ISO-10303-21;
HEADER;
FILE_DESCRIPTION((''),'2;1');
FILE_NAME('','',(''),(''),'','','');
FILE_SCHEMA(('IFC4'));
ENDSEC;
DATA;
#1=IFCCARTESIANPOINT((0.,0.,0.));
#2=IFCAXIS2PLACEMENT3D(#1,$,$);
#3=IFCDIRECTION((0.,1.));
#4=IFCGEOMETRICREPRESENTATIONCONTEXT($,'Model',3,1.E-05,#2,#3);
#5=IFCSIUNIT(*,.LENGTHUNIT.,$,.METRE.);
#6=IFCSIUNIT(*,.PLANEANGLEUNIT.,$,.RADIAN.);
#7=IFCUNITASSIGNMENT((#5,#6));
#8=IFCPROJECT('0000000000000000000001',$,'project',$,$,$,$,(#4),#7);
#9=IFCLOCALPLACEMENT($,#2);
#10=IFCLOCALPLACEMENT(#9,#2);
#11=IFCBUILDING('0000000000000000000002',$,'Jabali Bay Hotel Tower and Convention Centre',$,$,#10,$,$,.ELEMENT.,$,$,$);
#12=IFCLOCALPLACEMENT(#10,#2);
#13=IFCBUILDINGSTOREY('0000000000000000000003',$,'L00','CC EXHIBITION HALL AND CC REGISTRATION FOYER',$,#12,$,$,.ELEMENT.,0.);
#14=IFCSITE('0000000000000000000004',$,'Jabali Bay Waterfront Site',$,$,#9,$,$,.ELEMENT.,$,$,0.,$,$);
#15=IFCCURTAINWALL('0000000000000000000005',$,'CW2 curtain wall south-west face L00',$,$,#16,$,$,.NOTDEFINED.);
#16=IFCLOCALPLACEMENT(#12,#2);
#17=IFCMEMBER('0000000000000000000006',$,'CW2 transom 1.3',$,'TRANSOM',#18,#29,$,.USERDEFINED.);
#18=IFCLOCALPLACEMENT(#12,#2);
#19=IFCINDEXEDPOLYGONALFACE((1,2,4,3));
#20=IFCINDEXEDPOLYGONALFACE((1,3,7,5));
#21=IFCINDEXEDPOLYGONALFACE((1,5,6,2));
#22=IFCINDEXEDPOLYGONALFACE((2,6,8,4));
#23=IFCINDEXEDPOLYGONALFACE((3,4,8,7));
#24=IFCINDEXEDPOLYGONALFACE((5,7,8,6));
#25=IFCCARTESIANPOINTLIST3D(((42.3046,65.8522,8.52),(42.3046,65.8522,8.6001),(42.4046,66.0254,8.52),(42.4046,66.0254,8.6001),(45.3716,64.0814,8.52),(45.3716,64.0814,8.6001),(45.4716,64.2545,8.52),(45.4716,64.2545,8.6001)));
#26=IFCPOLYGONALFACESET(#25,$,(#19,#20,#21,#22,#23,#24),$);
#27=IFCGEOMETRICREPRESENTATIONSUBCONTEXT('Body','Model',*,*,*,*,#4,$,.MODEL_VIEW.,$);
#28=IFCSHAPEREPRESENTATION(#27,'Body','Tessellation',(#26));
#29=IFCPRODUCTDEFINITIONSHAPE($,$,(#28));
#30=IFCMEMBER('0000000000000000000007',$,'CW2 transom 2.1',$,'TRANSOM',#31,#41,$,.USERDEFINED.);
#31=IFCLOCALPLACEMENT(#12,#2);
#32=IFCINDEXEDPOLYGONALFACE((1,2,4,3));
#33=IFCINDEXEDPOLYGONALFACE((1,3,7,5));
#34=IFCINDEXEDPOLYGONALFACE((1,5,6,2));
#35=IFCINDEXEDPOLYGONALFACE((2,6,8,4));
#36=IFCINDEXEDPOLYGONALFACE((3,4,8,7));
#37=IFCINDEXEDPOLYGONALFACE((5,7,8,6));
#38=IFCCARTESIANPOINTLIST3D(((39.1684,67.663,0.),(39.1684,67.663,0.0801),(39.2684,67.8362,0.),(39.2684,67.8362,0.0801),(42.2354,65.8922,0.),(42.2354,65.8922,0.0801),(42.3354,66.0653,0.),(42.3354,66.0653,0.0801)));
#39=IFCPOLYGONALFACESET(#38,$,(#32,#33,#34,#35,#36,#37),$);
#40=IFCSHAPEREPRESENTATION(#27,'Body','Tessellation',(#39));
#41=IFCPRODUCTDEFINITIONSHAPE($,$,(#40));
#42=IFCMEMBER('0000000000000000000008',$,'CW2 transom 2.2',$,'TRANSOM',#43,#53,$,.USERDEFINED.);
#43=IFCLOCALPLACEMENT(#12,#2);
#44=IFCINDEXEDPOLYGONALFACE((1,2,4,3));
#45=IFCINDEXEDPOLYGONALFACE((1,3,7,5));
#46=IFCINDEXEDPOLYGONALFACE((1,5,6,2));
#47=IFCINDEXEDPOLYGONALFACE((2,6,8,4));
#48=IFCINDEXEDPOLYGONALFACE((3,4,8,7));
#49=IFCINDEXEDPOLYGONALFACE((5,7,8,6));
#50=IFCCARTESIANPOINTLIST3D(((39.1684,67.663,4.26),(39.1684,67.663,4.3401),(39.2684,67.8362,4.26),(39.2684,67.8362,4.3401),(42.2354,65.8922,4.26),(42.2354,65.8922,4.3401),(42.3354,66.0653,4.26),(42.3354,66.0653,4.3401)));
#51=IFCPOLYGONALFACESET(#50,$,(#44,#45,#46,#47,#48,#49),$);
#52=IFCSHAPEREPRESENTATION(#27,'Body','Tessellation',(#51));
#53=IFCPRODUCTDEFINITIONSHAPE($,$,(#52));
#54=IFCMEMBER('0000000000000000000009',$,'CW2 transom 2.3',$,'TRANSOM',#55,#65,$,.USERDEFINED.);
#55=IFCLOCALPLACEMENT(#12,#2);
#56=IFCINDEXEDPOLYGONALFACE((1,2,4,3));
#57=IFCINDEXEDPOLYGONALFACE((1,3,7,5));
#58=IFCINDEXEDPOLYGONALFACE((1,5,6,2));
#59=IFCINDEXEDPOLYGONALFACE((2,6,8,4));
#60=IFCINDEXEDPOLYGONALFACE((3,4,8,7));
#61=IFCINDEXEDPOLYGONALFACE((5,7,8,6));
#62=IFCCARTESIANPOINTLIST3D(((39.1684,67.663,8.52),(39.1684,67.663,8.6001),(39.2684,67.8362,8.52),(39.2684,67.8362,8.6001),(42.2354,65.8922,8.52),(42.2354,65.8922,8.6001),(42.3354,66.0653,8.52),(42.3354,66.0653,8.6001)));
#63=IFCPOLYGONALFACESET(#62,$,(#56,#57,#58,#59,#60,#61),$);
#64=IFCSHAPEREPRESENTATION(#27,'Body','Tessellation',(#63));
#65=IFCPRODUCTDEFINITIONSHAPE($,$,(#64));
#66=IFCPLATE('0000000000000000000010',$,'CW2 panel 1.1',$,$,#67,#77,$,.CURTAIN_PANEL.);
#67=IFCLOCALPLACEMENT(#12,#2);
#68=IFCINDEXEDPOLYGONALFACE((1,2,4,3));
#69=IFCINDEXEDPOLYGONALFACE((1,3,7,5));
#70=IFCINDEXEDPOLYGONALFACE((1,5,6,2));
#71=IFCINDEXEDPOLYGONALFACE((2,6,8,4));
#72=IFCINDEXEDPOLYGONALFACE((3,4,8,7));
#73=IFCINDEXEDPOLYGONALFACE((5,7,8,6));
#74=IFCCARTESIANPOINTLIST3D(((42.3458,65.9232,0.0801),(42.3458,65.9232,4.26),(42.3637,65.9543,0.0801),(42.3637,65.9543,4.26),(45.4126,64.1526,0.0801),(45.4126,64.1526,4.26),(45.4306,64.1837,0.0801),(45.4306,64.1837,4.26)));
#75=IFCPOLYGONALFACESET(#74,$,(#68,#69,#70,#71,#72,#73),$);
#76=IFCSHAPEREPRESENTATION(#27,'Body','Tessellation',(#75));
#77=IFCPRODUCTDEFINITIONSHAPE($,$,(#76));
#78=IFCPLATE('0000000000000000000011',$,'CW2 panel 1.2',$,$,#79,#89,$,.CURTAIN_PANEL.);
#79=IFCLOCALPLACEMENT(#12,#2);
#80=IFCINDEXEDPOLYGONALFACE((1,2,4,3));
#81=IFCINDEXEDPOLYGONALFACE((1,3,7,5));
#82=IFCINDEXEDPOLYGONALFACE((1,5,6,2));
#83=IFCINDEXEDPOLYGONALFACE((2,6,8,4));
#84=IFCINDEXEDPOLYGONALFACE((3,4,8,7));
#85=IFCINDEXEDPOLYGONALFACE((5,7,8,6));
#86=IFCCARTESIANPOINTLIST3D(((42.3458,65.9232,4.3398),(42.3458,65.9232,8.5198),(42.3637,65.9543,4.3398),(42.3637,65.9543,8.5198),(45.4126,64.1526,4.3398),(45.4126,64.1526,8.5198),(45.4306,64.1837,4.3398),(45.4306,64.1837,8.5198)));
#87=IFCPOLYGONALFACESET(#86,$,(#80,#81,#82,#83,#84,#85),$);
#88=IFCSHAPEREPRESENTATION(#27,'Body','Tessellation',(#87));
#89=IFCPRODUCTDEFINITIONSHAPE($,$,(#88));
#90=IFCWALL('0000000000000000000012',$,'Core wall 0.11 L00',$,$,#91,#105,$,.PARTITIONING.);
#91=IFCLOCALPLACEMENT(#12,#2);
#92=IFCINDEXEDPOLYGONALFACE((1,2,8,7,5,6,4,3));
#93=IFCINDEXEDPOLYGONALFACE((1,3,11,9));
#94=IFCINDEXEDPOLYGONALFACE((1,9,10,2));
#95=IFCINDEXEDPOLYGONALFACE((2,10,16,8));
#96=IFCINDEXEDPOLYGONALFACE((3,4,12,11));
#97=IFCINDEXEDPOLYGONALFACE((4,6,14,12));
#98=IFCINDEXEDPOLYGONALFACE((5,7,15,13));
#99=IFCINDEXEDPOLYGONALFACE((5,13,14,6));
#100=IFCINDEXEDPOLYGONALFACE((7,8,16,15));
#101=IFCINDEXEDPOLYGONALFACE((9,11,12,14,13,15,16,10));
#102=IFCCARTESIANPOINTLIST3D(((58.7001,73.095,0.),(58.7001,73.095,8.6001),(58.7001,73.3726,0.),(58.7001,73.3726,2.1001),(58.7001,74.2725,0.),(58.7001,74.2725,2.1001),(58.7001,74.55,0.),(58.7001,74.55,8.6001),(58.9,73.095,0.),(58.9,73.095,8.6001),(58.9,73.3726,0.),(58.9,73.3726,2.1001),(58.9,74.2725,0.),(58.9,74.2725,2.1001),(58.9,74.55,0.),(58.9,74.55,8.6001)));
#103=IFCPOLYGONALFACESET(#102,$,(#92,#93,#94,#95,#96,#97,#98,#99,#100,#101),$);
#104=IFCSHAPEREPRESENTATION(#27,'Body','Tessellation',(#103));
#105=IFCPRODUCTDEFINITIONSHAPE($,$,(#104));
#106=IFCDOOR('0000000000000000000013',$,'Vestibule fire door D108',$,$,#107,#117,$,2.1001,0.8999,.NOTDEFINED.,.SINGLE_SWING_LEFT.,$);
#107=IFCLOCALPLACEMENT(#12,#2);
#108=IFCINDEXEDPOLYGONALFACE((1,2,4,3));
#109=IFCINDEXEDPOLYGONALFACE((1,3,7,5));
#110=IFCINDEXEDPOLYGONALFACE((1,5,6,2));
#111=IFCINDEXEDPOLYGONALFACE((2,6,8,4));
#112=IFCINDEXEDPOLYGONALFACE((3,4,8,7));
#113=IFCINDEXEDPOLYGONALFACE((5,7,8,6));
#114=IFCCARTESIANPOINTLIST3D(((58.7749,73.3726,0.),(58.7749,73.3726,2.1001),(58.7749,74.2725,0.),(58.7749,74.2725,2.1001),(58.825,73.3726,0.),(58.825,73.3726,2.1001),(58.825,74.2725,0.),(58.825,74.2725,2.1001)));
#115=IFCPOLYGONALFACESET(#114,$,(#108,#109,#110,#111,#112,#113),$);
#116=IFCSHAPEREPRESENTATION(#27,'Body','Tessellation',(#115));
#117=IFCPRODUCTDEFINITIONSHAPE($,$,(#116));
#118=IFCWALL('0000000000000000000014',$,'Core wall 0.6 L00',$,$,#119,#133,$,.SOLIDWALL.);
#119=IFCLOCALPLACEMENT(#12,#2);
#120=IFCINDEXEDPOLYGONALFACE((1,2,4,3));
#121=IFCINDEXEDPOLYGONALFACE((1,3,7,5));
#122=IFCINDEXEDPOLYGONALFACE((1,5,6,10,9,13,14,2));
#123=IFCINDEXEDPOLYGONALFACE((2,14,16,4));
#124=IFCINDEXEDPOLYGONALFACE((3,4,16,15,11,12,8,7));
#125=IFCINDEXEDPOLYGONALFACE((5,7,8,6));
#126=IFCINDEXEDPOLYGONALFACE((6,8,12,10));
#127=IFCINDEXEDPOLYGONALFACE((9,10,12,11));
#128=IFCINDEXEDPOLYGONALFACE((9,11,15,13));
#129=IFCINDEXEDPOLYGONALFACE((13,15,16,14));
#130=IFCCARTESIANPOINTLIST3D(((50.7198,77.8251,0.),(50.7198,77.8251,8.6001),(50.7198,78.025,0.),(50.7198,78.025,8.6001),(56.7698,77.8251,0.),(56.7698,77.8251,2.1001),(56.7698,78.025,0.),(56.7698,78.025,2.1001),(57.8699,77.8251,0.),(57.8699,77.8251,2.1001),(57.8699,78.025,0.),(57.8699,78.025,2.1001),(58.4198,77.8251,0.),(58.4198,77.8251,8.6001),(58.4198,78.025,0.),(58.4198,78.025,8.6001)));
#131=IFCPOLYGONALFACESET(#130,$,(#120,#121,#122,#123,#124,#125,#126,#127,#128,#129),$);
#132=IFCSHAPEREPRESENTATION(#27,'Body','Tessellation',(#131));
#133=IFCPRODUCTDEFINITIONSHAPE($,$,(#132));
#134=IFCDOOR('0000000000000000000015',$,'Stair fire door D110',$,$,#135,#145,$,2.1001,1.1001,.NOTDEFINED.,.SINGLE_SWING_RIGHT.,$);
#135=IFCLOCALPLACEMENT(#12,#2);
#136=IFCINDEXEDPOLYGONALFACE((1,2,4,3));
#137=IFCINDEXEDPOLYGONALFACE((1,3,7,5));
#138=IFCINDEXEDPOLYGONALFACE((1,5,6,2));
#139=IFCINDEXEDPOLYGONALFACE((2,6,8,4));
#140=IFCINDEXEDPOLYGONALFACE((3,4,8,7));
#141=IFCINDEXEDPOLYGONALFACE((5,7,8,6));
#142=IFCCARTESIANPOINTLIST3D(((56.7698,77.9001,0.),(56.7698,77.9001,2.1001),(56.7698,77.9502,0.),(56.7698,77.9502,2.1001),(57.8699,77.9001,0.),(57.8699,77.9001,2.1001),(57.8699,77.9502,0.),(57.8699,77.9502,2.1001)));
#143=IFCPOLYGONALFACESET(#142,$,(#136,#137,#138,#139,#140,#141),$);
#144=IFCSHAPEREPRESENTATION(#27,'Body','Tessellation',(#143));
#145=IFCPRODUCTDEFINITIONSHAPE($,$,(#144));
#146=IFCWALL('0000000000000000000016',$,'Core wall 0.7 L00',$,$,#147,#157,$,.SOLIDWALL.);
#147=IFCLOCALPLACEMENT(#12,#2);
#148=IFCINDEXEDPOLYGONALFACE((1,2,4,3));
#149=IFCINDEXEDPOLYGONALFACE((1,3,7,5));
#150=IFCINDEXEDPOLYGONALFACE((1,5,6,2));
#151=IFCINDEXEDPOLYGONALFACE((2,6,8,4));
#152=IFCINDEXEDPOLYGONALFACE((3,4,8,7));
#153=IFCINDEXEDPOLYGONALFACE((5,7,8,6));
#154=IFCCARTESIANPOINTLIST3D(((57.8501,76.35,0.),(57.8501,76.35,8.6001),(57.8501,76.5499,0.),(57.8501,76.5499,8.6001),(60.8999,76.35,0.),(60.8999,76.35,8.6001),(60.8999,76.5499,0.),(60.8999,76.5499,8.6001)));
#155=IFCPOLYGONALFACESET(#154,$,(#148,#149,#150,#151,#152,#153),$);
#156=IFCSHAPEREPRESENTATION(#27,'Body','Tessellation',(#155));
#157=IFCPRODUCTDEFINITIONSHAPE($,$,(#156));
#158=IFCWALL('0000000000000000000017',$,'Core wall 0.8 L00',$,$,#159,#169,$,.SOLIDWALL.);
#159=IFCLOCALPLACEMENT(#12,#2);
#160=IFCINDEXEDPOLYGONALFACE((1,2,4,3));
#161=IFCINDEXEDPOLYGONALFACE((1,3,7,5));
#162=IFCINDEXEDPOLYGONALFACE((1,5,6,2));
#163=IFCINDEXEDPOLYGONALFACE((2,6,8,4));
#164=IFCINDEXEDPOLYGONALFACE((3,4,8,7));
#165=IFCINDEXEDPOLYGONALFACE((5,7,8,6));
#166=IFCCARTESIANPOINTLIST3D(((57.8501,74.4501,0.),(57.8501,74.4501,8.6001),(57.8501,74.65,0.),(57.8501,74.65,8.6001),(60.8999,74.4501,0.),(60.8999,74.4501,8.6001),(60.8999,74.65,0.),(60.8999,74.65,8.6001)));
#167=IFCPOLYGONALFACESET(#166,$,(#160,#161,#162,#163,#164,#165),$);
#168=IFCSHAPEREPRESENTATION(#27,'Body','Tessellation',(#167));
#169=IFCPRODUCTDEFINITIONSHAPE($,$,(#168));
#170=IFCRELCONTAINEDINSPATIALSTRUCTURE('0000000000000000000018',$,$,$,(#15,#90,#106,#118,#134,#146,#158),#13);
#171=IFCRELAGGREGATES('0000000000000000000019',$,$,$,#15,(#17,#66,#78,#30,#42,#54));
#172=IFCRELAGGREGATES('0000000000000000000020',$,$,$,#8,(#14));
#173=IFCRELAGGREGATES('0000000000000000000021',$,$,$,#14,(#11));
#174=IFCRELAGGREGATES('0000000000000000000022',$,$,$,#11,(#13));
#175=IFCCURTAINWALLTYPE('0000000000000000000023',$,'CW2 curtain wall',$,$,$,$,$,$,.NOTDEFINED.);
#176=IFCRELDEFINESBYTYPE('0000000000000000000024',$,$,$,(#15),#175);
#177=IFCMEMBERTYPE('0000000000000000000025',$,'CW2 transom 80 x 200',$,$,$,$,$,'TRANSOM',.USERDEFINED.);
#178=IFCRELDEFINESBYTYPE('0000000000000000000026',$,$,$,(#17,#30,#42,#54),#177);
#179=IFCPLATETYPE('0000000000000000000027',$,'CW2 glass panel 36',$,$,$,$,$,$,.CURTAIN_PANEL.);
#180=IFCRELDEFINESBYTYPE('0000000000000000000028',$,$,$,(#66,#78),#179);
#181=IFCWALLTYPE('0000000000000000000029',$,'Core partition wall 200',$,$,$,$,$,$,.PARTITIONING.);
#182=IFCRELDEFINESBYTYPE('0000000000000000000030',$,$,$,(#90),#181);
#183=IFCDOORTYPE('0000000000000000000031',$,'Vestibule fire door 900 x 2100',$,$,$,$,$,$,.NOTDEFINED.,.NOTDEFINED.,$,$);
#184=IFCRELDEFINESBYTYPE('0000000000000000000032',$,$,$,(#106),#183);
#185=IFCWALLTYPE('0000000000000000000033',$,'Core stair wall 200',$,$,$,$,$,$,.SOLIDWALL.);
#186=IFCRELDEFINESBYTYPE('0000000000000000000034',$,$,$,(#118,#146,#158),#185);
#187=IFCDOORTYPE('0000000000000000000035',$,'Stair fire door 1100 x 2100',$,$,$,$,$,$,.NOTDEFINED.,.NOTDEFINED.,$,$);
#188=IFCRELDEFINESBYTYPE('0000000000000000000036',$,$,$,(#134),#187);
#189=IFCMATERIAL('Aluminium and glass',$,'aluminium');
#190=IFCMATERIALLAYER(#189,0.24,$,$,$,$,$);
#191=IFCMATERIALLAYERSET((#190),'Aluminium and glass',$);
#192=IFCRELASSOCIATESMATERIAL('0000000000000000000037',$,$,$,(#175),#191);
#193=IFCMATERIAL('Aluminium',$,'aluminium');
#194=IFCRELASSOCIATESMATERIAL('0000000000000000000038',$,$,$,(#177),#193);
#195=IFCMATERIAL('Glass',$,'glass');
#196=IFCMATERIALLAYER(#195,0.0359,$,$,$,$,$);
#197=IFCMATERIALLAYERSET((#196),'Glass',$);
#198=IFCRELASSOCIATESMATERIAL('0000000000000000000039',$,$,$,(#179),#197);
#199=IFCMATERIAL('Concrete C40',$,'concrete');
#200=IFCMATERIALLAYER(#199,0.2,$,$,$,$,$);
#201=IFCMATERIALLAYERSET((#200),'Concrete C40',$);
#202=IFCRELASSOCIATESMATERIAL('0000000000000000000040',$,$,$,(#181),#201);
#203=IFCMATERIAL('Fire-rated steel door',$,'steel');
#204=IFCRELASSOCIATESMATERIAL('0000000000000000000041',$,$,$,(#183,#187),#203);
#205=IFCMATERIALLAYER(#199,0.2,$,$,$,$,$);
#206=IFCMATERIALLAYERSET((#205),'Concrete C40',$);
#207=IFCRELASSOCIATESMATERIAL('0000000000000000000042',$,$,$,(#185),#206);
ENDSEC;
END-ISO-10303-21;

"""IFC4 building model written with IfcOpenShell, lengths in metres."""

from ifc_helpers import new_model, si_unit, direction, frame, frame_2d, origin, origin_2d, place, context, subcontext, project, spatial, rectangle, extrude, material, layer, layer_set, material_profile, profile_set, type_object, element, fill, aggregate, save


model = new_model("IFC4")

# Units and contexts
model_context = context("Model", 3, precision=1e-05, world=origin(), true_north=direction((0.0, 1.0)))
body_context = subcontext(model_context, "Body", "Model", "MODEL_VIEW")
ifc_project = project(units=[si_unit("LENGTHUNIT", "METRE"), si_unit("PLANEANGLEUNIT", "RADIAN")], contexts=[model_context])

# Site, building, storey
site_placement = place(None, origin())
site = spatial("IfcSite", under=ifc_project, at=site_placement, Name="Jabali Bay Waterfront Site", CompositionType="ELEMENT", RefElevation=0.0)
building_placement = place(site_placement, origin())
building = spatial("IfcBuilding", under=site, at=building_placement, Name="Jabali Bay Hotel Tower and Convention Centre", CompositionType="ELEMENT")
storey_placement = place(building_placement, origin())
storey = spatial("IfcBuildingStorey", under=building, at=storey_placement, Name="L00", Description="CC EXHIBITION HALL AND CC REGISTRATION FOYER", CompositionType="ELEMENT", Elevation=0.0)

# Curtain wall, members, plates
ifc_material_1 = material(Name="Aluminium and glass", Category="aluminium")
ifc_layer_1 = layer(ifc_material_1, 0.24)
ifc_layer_set_1 = layer_set([ifc_layer_1], Name="Aluminium and glass")
curtain_wall_type = type_object("IfcCurtainWallType", Name="CW2 curtain wall", PredefinedType="NOTDEFINED", material=ifc_layer_set_1)
curtain_wall_placement = place(storey_placement, origin())
curtain_wall = element("IfcCurtainWall", 1, at=curtain_wall_placement, inside=storey, type_object=curtain_wall_type, Name="CW2 curtain wall south-west face L00", PredefinedType="NOTDEFINED")
ifc_material_2 = material(Name="Aluminium", Category="aluminium")
ifc_material_profile_1 = material_profile(ifc_material_2, rectangle(XDim=0.2, YDim=0.0801, at=origin_2d()), Name="CW2 transom 80 x 200")
ifc_profile_set_1 = profile_set([ifc_material_profile_1], Name="Aluminium")
member_type_1 = type_object("IfcMemberType", Name="CW2 transom 80 x 200", ElementType="TRANSOM", PredefinedType="USERDEFINED", material=ifc_profile_set_1)
member_1_placement = place(storey_placement, frame((45.4216, 64.168, 8.5601), z_axis=(-0.866016, 0.500017, 0.0), x_axis=(-0.500017, -0.866016, 0.0)))
member_1 = element("IfcMember", 2, at=member_1_placement, type_object=member_type_1, Name="CW2 transom 1.3", ObjectType="TRANSOM", PredefinedType="USERDEFINED", context=body_context, shape_type="SweptSolid", body=[
    extrude(rectangle(XDim=0.2, YDim=0.0801, at=origin_2d()), origin(), (0.0, 0.0, 1.0), 3.5415),
])
member_2_placement = place(storey_placement, frame((42.2854, 65.9788, 0.04), z_axis=(-0.866016, 0.500017, 0.0), x_axis=(-0.500017, -0.866016, 0.0)))
member_2 = element("IfcMember", 3, at=member_2_placement, type_object=member_type_1, Name="CW2 transom 2.1", ObjectType="TRANSOM", PredefinedType="USERDEFINED", context=body_context, shape_type="SweptSolid", body=[
    extrude(rectangle(XDim=0.2, YDim=0.0801, at=origin_2d()), origin(), (0.0, 0.0, 1.0), 3.5415),
])
member_3_placement = place(storey_placement, frame((42.2854, 65.9788, 4.3), z_axis=(-0.866016, 0.500017, 0.0), x_axis=(-0.500017, -0.866016, 0.0)))
member_3 = element("IfcMember", 4, at=member_3_placement, type_object=member_type_1, Name="CW2 transom 2.2", ObjectType="TRANSOM", PredefinedType="USERDEFINED", context=body_context, shape_type="SweptSolid", body=[
    extrude(rectangle(XDim=0.2, YDim=0.0801, at=origin_2d()), origin(), (0.0, 0.0, 1.0), 3.5415),
])
member_4_placement = place(storey_placement, frame((42.2854, 65.9788, 8.5601), z_axis=(-0.866016, 0.500017, 0.0), x_axis=(-0.500017, -0.866016, 0.0)))
member_4 = element("IfcMember", 5, at=member_4_placement, type_object=member_type_1, Name="CW2 transom 2.3", ObjectType="TRANSOM", PredefinedType="USERDEFINED", context=body_context, shape_type="SweptSolid", body=[
    extrude(rectangle(XDim=0.2, YDim=0.0801, at=origin_2d()), origin(), (0.0, 0.0, 1.0), 3.5415),
])
ifc_material_3 = material(Name="Glass", Category="glass")
ifc_layer_2 = layer(ifc_material_3, 0.0359)
ifc_layer_set_2 = layer_set([ifc_layer_2], Name="Glass")
plate_type = type_object("IfcPlateType", Name="CW2 glass panel 36", PredefinedType="CURTAIN_PANEL", material=ifc_layer_set_2)
plate_1_placement = place(storey_placement, frame((43.8882, 65.0535, 0.0801), z_axis=(0.0, 0.0, 1.0), x_axis=(-0.866025, 0.5, 0.0)))
plate_1 = element("IfcPlate", 6, at=plate_1_placement, type_object=plate_type, Name="CW2 panel 1.1", PredefinedType="CURTAIN_PANEL", context=body_context, shape_type="SweptSolid", body=[
    extrude(rectangle(XDim=3.5413, YDim=0.0359, at=origin_2d()), origin(), (0.0, 0.0, 1.0), 4.1799),
])
plate_2_placement = place(storey_placement, frame((43.8882, 65.0535, 4.3398), z_axis=(0.0, 0.0, 1.0), x_axis=(-0.866025, 0.5, 0.0)))
plate_2 = element("IfcPlate", 7, at=plate_2_placement, type_object=plate_type, Name="CW2 panel 1.2", PredefinedType="CURTAIN_PANEL", context=body_context, shape_type="SweptSolid", body=[
    extrude(rectangle(XDim=3.5413, YDim=0.0359, at=origin_2d()), origin(), (0.0, 0.0, 1.0), 4.1799),
])
aggregate(curtain_wall, [member_1, plate_1, plate_2, member_2, member_3, member_4])

# Walls, openings, doors
ifc_material_4 = material(Name="Concrete C40", Category="concrete")
ifc_layer_3 = layer(ifc_material_4, 0.2)
ifc_layer_set_3 = layer_set([ifc_layer_3], Name="Concrete C40")
wall_type_1 = type_object("IfcWallType", Name="Core partition wall 200", PredefinedType="PARTITIONING", material=ifc_layer_set_3)
wall_1_placement = place(storey_placement, frame((58.8, 74.55, 0.0), z_axis=(0.0, 0.0, 1.0), x_axis=(0.0, -1.0, 0.0)))
wall_1 = element("IfcWall", 8, at=wall_1_placement, inside=storey, type_object=wall_type_1, Name="Core wall 0.11 L00", PredefinedType="PARTITIONING", context=body_context, shape_type="SweptSolid", body=[
    extrude(rectangle(XDim=1.4551, YDim=0.2, at=frame_2d((0.7275, 0.0))), origin(), (0.0, 0.0, 1.0), 8.6001),
])
opening_1_placement = place(wall_1_placement, frame((0.2776, 0.0, 0.0)))
opening_1 = element("IfcOpeningElement", 9, at=opening_1_placement, cuts=wall_1, PredefinedType="OPENING", context=body_context, shape_type="SweptSolid", body=[
    extrude(rectangle(XDim=0.8999, YDim=2.1001, at=frame_2d((0.45, 1.05))), frame((0.0, 0.1104, 0.0), z_axis=(0.0, -1.0, 0.0), x_axis=(1.0, 0.0, 0.0)), (0.0, 0.0, 1.0), 0.2209),
])
ifc_material_5 = material(Name="Fire-rated steel door", Category="steel")
door_type_1 = type_object("IfcDoorType", Name="Vestibule fire door 900 x 2100", OperationType="NOTDEFINED", PredefinedType="NOTDEFINED", material=ifc_material_5)
door_1_placement = place(opening_1_placement, origin())
door_1 = element("IfcDoor", 10, at=door_1_placement, inside=storey, type_object=door_type_1, Name="Vestibule fire door D108", OperationType="SINGLE_SWING_LEFT", OverallHeight=2.1001, OverallWidth=0.8999, PredefinedType="NOTDEFINED", context=body_context, shape_type="SweptSolid", body=[
    extrude(rectangle(XDim=0.8999, YDim=2.1001, at=frame_2d((0.45, 1.05))), frame((0.0, 0.0249, 0.0), z_axis=(0.0, -1.0, 0.0), x_axis=(1.0, 0.0, 0.0)), (0.0, 0.0, 1.0), 0.05),
])
fill(opening_1, door_1)
ifc_layer_4 = layer(ifc_material_4, 0.2)
ifc_layer_set_4 = layer_set([ifc_layer_4], Name="Concrete C40")
wall_type_2 = type_object("IfcWallType", Name="Core stair wall 200", PredefinedType="SOLIDWALL", material=ifc_layer_set_4)
wall_2_placement = place(storey_placement, frame((58.4199, 77.925, 0.0), z_axis=(0.0, 0.0, 1.0), x_axis=(-1.0, 0.0, 0.0)))
wall_2 = element("IfcWall", 11, at=wall_2_placement, inside=storey, type_object=wall_type_2, Name="Core wall 0.6 L00", PredefinedType="SOLIDWALL", context=body_context, shape_type="SweptSolid", body=[
    extrude(rectangle(XDim=7.7, YDim=0.2, at=frame_2d((3.8501, 0.0))), origin(), (0.0, 0.0, 1.0), 8.6001),
])
opening_2_placement = place(wall_2_placement, frame((0.55, 0.0, 0.0)))
opening_2 = element("IfcOpeningElement", 12, at=opening_2_placement, cuts=wall_2, PredefinedType="OPENING", context=body_context, shape_type="SweptSolid", body=[
    extrude(rectangle(XDim=1.1001, YDim=2.1001, at=frame_2d((0.55, 1.05))), frame((0.0, 0.1104, 0.0), z_axis=(0.0, -1.0, 0.0), x_axis=(1.0, 0.0, 0.0)), (0.0, 0.0, 1.0), 0.2209),
])
door_type_2 = type_object("IfcDoorType", Name="Stair fire door 1100 x 2100", OperationType="NOTDEFINED", PredefinedType="NOTDEFINED", material=ifc_material_5)
door_2_placement = place(opening_2_placement, origin())
door_2 = element("IfcDoor", 13, at=door_2_placement, inside=storey, type_object=door_type_2, Name="Stair fire door D110", OperationType="SINGLE_SWING_RIGHT", OverallHeight=2.1001, OverallWidth=1.1001, PredefinedType="NOTDEFINED", context=body_context, shape_type="SweptSolid", body=[
    extrude(rectangle(XDim=1.1001, YDim=2.1001, at=frame_2d((0.55, 1.05))), frame((0.0, 0.0249, 0.0), z_axis=(0.0, -1.0, 0.0), x_axis=(1.0, 0.0, 0.0)), (0.0, 0.0, 1.0), 0.05),
])
fill(opening_2, door_2)

# Walls
for number, where, z_axis, x_axis, name in (
    (14, (60.8999, 76.45, 0.0), (0.0, 0.0, 1.0), (-1.0, 0.0, 0.0), "Core wall 0.7 L00"),
    (15, (60.8999, 74.55, 0.0), (0.0, 0.0, 1.0), (-1.0, 0.0, 0.0), "Core wall 0.8 L00"),
):
    element("IfcWall", number, at=place(storey_placement, frame(where, z_axis=z_axis, x_axis=x_axis)), inside=storey, type_object=wall_type_2, Name=name, PredefinedType="SOLIDWALL", context=body_context, shape_type="SweptSolid", body=[
        extrude(rectangle(XDim=3.0498, YDim=0.2, at=frame_2d((1.5249, 0.0))), origin(), (0.0, 0.0, 1.0), 8.6001),
    ])

save(model, "model.ifc")
